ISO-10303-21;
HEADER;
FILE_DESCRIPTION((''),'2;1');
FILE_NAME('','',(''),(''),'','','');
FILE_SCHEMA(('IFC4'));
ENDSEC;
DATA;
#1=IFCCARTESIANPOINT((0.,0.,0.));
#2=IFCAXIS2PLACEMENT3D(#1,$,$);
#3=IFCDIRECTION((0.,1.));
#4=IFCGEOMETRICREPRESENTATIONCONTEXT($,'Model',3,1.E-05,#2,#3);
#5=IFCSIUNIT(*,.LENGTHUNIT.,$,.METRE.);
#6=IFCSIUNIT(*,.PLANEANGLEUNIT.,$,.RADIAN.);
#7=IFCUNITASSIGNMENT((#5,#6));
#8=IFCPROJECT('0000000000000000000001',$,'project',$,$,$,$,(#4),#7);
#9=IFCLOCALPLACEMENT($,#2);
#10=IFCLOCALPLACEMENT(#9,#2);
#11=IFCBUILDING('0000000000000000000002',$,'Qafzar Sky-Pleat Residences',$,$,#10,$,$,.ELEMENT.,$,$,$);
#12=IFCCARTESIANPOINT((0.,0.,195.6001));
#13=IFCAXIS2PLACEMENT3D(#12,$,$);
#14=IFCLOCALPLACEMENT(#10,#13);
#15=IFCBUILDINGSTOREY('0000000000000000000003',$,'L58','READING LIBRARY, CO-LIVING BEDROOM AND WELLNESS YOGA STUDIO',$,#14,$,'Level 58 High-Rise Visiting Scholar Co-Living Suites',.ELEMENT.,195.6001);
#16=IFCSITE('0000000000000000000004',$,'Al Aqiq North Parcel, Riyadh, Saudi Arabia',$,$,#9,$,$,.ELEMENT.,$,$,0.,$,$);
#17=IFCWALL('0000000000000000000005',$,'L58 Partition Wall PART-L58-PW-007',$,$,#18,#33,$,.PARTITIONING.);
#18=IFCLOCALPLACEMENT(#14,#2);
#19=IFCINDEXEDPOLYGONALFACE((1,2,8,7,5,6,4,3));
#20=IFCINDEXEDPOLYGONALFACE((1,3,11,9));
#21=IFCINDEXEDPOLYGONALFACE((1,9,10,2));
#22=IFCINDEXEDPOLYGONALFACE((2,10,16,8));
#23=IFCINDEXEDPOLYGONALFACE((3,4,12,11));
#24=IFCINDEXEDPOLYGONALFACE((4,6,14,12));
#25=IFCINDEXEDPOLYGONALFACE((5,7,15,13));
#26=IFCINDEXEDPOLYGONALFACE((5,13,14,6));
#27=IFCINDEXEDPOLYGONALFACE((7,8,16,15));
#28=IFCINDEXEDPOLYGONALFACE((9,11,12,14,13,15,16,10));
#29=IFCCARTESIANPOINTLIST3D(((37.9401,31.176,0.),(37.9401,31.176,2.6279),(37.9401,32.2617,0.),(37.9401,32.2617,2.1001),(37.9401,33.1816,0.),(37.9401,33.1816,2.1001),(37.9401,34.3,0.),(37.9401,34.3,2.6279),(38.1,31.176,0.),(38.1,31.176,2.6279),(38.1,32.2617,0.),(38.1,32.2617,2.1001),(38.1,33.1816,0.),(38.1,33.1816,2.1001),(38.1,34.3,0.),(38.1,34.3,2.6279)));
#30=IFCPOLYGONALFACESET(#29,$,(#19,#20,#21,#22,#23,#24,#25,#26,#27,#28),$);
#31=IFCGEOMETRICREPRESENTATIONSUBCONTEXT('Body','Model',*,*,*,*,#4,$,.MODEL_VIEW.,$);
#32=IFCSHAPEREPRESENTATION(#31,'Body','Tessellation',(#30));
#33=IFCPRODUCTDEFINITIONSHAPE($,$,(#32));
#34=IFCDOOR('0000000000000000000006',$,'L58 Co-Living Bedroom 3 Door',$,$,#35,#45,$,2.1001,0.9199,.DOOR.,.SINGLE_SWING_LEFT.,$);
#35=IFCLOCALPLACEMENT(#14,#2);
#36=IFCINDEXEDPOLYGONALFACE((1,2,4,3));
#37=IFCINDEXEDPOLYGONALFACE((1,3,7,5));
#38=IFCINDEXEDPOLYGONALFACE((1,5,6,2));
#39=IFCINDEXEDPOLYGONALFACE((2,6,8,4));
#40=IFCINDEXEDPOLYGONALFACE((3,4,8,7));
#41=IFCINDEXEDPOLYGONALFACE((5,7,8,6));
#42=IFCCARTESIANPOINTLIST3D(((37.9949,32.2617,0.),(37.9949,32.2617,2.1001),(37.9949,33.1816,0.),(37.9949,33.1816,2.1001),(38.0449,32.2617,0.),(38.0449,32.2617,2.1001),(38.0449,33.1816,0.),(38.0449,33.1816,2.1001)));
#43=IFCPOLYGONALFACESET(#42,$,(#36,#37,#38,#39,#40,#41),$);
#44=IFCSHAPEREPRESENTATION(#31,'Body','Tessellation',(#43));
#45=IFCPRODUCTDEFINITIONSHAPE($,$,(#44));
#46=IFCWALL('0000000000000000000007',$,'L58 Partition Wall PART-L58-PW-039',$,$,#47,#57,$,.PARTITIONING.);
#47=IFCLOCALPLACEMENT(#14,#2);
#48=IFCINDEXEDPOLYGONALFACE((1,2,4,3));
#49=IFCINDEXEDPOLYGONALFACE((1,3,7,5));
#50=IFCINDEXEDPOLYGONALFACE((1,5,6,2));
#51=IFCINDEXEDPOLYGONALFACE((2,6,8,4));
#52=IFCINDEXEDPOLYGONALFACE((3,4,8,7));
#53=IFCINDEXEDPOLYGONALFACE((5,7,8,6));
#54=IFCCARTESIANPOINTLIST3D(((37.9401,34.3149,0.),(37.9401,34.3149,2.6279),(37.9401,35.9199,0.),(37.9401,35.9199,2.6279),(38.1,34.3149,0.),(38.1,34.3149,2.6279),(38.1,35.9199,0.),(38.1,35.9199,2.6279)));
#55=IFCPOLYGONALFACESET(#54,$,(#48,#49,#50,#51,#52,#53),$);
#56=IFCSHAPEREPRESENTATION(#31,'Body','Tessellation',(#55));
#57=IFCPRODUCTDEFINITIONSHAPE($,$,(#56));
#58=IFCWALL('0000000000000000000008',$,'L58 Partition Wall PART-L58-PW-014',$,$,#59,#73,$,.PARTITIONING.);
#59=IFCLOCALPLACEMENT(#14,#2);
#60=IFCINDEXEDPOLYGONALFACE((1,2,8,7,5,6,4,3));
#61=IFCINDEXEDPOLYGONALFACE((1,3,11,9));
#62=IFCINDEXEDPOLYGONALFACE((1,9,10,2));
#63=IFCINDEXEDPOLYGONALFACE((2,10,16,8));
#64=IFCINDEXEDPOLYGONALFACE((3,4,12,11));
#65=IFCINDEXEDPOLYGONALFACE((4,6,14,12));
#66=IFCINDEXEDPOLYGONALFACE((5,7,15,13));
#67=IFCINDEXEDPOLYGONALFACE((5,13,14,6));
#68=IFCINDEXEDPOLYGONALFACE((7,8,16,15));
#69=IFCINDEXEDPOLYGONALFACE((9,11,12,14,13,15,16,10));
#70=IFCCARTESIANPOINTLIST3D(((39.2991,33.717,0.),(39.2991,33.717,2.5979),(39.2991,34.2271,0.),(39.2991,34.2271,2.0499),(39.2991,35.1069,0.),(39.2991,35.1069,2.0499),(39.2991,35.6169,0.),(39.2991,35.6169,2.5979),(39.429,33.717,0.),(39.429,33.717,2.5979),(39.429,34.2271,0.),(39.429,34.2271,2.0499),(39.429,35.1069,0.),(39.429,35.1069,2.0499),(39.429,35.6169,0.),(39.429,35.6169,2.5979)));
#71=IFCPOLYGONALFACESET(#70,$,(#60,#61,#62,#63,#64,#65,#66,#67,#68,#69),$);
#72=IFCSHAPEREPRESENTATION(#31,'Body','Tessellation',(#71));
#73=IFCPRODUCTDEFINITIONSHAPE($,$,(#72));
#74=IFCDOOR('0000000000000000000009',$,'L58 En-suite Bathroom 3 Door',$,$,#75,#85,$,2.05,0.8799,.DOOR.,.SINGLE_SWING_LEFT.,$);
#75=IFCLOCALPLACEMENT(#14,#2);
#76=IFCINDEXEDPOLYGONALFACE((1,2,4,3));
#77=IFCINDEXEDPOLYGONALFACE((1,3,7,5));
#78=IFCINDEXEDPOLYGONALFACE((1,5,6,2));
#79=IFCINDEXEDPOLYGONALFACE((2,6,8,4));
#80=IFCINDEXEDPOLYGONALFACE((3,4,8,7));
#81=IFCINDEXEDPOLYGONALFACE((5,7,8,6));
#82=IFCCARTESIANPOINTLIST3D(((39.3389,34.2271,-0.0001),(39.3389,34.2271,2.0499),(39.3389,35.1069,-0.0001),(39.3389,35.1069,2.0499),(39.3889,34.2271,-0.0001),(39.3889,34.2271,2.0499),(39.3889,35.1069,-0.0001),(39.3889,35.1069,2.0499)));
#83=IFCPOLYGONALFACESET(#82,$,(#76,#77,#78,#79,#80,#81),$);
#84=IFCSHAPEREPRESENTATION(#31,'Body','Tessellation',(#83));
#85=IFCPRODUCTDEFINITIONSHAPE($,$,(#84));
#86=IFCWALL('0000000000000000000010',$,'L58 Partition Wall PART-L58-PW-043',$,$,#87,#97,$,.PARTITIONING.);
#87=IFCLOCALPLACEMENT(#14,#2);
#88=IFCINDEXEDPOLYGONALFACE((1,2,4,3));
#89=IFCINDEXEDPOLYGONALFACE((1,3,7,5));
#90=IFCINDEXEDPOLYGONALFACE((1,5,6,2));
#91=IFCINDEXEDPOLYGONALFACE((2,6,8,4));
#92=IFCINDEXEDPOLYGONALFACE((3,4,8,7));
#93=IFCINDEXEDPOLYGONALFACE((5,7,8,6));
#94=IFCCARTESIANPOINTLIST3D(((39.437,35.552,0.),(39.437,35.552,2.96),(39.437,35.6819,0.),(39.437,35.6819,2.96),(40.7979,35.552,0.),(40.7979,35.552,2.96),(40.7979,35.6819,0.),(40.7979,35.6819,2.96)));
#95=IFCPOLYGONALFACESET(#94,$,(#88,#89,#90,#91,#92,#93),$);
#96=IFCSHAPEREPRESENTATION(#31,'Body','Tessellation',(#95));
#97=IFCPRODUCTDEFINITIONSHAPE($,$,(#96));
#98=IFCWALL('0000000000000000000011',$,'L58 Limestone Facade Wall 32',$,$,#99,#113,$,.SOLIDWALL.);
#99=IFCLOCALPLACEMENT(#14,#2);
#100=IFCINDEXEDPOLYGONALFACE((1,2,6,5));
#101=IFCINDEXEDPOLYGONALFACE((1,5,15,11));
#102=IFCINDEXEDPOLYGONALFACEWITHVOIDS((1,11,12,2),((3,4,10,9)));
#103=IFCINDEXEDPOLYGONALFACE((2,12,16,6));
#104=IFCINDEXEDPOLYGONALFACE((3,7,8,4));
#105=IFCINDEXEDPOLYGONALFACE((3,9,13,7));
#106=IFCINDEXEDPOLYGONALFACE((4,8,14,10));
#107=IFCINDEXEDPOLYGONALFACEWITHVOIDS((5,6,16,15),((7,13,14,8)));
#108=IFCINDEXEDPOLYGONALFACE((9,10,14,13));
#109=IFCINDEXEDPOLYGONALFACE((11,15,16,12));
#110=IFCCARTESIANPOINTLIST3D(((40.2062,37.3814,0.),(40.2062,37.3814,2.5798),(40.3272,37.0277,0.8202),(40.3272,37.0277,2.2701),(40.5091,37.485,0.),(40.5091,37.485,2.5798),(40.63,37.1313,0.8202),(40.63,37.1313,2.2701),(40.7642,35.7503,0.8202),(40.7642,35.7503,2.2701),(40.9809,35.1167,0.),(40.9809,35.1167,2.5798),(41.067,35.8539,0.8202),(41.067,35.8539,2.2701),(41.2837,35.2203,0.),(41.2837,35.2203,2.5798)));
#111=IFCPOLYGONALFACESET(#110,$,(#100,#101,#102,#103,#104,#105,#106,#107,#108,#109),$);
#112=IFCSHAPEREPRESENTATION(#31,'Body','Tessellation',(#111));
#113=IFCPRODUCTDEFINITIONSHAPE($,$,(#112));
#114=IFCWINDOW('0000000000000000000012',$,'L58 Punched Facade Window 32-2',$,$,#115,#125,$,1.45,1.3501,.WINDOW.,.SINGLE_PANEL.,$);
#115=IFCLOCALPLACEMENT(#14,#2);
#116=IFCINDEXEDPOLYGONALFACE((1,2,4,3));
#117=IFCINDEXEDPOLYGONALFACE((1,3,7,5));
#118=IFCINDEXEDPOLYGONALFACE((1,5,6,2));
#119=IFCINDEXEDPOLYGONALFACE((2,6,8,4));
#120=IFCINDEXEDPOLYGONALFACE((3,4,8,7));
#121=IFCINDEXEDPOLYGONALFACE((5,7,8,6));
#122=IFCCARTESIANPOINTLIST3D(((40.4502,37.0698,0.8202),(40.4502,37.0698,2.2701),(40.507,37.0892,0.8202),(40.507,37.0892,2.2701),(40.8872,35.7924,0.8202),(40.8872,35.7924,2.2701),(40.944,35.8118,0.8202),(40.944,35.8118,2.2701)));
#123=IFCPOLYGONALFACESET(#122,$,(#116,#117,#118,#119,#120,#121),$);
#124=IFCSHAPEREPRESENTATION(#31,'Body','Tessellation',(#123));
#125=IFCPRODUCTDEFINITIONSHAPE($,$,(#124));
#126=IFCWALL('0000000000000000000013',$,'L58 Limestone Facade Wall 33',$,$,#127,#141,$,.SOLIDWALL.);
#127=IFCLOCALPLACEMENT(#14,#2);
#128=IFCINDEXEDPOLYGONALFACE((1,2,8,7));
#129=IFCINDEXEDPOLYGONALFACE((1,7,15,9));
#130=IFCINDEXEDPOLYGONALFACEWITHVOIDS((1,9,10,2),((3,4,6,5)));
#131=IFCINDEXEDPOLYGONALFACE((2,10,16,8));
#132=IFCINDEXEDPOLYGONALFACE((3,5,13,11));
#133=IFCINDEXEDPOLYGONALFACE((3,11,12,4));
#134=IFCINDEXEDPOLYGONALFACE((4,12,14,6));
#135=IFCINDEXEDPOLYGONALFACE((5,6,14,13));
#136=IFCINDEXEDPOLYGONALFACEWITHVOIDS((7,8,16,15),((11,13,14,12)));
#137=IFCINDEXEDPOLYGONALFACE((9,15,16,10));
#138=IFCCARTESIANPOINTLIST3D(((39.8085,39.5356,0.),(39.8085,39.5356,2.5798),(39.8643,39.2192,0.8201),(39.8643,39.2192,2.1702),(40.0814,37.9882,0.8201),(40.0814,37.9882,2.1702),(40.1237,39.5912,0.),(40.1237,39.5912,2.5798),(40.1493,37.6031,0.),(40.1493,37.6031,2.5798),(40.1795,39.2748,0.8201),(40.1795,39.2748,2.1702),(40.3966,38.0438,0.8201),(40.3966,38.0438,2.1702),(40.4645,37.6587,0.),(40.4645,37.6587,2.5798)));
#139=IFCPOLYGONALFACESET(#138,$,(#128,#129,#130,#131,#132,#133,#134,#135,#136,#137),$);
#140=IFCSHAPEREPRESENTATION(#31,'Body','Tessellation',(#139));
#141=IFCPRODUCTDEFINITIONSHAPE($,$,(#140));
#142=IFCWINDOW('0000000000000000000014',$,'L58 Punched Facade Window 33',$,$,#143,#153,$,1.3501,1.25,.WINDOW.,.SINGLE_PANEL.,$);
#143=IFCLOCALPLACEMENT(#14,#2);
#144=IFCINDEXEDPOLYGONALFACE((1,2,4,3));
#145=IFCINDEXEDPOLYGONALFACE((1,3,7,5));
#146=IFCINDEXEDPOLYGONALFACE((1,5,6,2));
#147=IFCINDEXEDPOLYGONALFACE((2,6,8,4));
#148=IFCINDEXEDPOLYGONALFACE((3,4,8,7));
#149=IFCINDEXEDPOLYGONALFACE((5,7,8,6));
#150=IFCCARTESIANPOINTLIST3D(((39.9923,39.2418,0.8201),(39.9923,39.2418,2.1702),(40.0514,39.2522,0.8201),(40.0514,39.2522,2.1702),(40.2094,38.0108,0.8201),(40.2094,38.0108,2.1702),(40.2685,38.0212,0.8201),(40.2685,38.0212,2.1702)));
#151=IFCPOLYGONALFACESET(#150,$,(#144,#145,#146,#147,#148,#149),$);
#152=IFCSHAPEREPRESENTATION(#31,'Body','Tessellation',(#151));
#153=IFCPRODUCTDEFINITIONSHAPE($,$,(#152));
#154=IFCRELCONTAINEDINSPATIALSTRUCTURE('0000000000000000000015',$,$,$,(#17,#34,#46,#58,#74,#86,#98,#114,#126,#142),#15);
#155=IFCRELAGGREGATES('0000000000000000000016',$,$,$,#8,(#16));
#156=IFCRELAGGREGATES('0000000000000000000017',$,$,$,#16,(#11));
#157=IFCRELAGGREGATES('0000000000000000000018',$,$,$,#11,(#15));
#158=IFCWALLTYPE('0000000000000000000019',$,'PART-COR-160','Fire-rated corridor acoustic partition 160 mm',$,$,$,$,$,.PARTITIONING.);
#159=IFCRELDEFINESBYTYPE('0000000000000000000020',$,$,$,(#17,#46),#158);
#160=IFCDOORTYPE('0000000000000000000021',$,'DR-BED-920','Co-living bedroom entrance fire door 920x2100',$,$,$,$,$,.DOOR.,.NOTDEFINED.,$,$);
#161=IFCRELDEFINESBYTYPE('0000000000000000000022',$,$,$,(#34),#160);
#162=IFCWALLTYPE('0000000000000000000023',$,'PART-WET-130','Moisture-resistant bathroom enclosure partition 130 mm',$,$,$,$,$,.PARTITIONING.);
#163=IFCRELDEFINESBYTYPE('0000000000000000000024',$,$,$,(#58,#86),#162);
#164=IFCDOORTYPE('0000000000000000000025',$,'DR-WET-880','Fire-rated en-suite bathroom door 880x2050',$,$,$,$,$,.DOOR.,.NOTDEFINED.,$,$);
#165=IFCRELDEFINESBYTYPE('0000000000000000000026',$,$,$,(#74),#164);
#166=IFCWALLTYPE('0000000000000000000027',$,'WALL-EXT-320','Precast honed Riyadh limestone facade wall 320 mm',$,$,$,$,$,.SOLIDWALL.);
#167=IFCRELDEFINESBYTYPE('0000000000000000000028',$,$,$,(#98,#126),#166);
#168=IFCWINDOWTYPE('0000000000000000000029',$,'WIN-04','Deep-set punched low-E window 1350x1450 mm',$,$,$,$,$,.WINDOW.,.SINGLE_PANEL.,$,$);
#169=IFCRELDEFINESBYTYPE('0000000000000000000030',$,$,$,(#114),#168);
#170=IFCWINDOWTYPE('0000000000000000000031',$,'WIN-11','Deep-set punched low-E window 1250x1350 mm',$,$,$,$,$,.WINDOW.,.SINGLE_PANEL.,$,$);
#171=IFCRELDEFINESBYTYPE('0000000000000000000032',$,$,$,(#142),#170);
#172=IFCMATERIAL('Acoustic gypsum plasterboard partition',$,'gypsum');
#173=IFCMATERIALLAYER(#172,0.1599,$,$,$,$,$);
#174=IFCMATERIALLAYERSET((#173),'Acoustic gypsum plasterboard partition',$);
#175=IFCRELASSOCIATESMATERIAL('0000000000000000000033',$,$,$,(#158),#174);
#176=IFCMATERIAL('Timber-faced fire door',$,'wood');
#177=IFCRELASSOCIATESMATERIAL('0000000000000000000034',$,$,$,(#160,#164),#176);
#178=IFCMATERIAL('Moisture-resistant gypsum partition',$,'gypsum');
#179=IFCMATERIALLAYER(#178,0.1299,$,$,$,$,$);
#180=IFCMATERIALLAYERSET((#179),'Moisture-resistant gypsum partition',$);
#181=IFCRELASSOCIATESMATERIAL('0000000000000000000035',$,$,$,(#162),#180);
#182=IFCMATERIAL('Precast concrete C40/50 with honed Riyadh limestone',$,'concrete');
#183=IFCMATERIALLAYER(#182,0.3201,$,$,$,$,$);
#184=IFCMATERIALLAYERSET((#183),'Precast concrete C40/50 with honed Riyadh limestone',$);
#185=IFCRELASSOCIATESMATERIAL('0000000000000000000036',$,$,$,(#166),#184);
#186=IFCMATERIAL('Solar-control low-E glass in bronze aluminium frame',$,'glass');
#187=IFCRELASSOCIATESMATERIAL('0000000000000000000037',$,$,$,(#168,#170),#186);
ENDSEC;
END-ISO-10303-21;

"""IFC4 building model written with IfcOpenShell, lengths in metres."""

from ifc_helpers import new_model, si_unit, direction, frame, frame_2d, origin, place, context, subcontext, project, spatial, rectangle, extrude, source, transform, mapped, material, layer, layer_set, type_object, element, fill, save


model = new_model("IFC4")

# Units and contexts
model_context = context("Model", 3, precision=1e-05, world=origin(), true_north=direction((0.0, 1.0)))
body_context = subcontext(model_context, "Body", "Model", "MODEL_VIEW")
ifc_project = project(units=[si_unit("LENGTHUNIT", "METRE"), si_unit("PLANEANGLEUNIT", "RADIAN")], contexts=[model_context])

# Site, building, storey
site_placement = place(None, origin())
site = spatial("IfcSite", under=ifc_project, at=site_placement, Name="Al Aqiq North Parcel, Riyadh, Saudi Arabia", CompositionType="ELEMENT", RefElevation=0.0)
building_placement = place(site_placement, origin())
building = spatial("IfcBuilding", under=site, at=building_placement, Name="Qafzar Sky-Pleat Residences", CompositionType="ELEMENT")
storey_placement = place(building_placement, frame((0.0, 0.0, 195.6001)))
storey = spatial("IfcBuildingStorey", under=building, at=storey_placement, Name="L58", Description="READING LIBRARY, CO-LIVING BEDROOM AND WELLNESS YOGA STUDIO", LongName="Level 58 High-Rise Visiting Scholar Co-Living Suites", CompositionType="ELEMENT", Elevation=195.6001)

# Wall, opening, door
ifc_material_1 = material(Name="Acoustic gypsum plasterboard partition", Category="gypsum")
ifc_layer_1 = layer(ifc_material_1, 0.1599)
ifc_layer_set_1 = layer_set([ifc_layer_1], Name="Acoustic gypsum plasterboard partition")
wall_type_1 = type_object("IfcWallType", Name="PART-COR-160", Description="Fire-rated corridor acoustic partition 160 mm", PredefinedType="PARTITIONING", material=ifc_layer_set_1)
wall_1_placement = place(storey_placement, frame((38.02, 34.3, 0.0), z_axis=(0.0, 0.0, 1.0), x_axis=(0.0, -1.0, 0.0)))
wall_1 = element("IfcWall", 1, at=wall_1_placement, inside=storey, type_object=wall_type_1, Name="L58 Partition Wall PART-L58-PW-007", PredefinedType="PARTITIONING", context=body_context, shape_type="SweptSolid", body=[
    extrude(rectangle(XDim=3.124, YDim=0.1599, at=frame_2d((1.562, 0.0))), origin(), (0.0, 0.0, 1.0), 2.6279),
])
opening_1_placement = place(wall_1_placement, frame((1.1184, 0.0, 0.0)))
opening_1 = element("IfcOpeningElement", 2, at=opening_1_placement, cuts=wall_1, PredefinedType="OPENING", context=body_context, shape_type="SweptSolid", body=[
    extrude(rectangle(XDim=0.9199, YDim=2.1001, at=frame_2d((0.46, 1.05))), frame((0.0, 0.0898, 0.0), z_axis=(0.0, -1.0, 0.0), x_axis=(1.0, 0.0, 0.0)), (0.0, 0.0, 1.0), 0.1799),
])
ifc_material_2 = material(Name="Timber-faced fire door", Category="wood")
door_type_1 = type_object("IfcDoorType", Name="DR-BED-920", Description="Co-living bedroom entrance fire door 920x2100", OperationType="NOTDEFINED", PredefinedType="DOOR", material=ifc_material_2)
shared_shape_1 = source(origin(), body_context, "Body", "SweptSolid", [
    extrude(rectangle(XDim=0.9199, YDim=2.1001, at=frame_2d((0.46, 1.05))), frame((0.0, 0.0249, 0.0), z_axis=(0.0, -1.0, 0.0), x_axis=(1.0, 0.0, 0.0)), (0.0, 0.0, 1.0), 0.05),
])
door_1_placement = place(opening_1_placement, origin())
door_1 = element("IfcDoor", 3, at=door_1_placement, inside=storey, type_object=door_type_1, Name="L58 Co-Living Bedroom 3 Door", OperationType="SINGLE_SWING_LEFT", OverallHeight=2.1001, OverallWidth=0.9199, PredefinedType="DOOR", context=body_context, shape_type="MappedRepresentation", body=[
    mapped(shared_shape_1, transform((0.0, 0.0, 0.0), x_axis=(1.0, 0.0, 0.0), y_axis=(0.0, 1.0, 0.0), z_axis=(0.0, 0.0, 1.0), scale=1.0)),
])
fill(opening_1, door_1)

# Wall
wall_2_placement = place(storey_placement, frame((38.02, 34.3149, 0.0), z_axis=(0.0, 0.0, 1.0), x_axis=(0.0, 1.0, 0.0)))
element("IfcWall", 4, at=wall_2_placement, inside=storey, type_object=wall_type_1, Name="L58 Partition Wall PART-L58-PW-039", PredefinedType="PARTITIONING", context=body_context, shape_type="SweptSolid", body=[
    extrude(rectangle(XDim=1.605, YDim=0.1599, at=frame_2d((0.8025, 0.0))), origin(), (0.0, 0.0, 1.0), 2.6279),
])

# Wall, opening, door
ifc_material_3 = material(Name="Moisture-resistant gypsum partition", Category="gypsum")
ifc_layer_2 = layer(ifc_material_3, 0.1299)
ifc_layer_set_2 = layer_set([ifc_layer_2], Name="Moisture-resistant gypsum partition")
wall_type_2 = type_object("IfcWallType", Name="PART-WET-130", Description="Moisture-resistant bathroom enclosure partition 130 mm", PredefinedType="PARTITIONING", material=ifc_layer_set_2)
wall_3_placement = place(storey_placement, frame((39.364, 35.6169, 0.0), z_axis=(0.0, 0.0, 1.0), x_axis=(0.0, -1.0, 0.0)))
wall_3 = element("IfcWall", 5, at=wall_3_placement, inside=storey, type_object=wall_type_2, Name="L58 Partition Wall PART-L58-PW-014", PredefinedType="PARTITIONING", context=body_context, shape_type="SweptSolid", body=[
    extrude(rectangle(XDim=1.8999, YDim=0.1299, at=frame_2d((0.95, 0.0))), origin(), (0.0, 0.0, 1.0), 2.5979),
])
opening_2_placement = place(wall_3_placement, frame((0.51, 0.0, 0.0)))
opening_2 = element("IfcOpeningElement", 6, at=opening_2_placement, cuts=wall_3, PredefinedType="OPENING", context=body_context, shape_type="SweptSolid", body=[
    extrude(rectangle(XDim=0.8799, YDim=2.05, at=frame_2d((0.4399, 1.0249))), frame((0.0, 0.075, 0.0), z_axis=(0.0, -1.0, 0.0), x_axis=(1.0, 0.0, 0.0)), (0.0, 0.0, 1.0), 0.1499),
])
door_type_2 = type_object("IfcDoorType", Name="DR-WET-880", Description="Fire-rated en-suite bathroom door 880x2050", OperationType="NOTDEFINED", PredefinedType="DOOR", material=ifc_material_2)
shared_shape_2 = source(origin(), body_context, "Body", "SweptSolid", [
    extrude(rectangle(XDim=0.8799, YDim=2.05, at=frame_2d((0.4399, 1.0249))), frame((0.0, 0.0249, 0.0), z_axis=(0.0, -1.0, 0.0), x_axis=(1.0, 0.0, 0.0)), (0.0, 0.0, 1.0), 0.05),
])
door_2_placement = place(opening_2_placement, origin())
door_2 = element("IfcDoor", 7, at=door_2_placement, inside=storey, type_object=door_type_2, Name="L58 En-suite Bathroom 3 Door", OperationType="SINGLE_SWING_LEFT", OverallHeight=2.05, OverallWidth=0.8799, PredefinedType="DOOR", context=body_context, shape_type="MappedRepresentation", body=[
    mapped(shared_shape_2, transform((0.0, 0.0, 0.0), x_axis=(1.0, 0.0, 0.0), y_axis=(0.0, 1.0, 0.0), z_axis=(0.0, 0.0, 1.0), scale=1.0)),
])
fill(opening_2, door_2)

# Wall
wall_4_placement = place(storey_placement, frame((39.437, 35.6169, 0.0), z_axis=(0.0, 0.0, 1.0), x_axis=(1.0, 0.0, 0.0)))
element("IfcWall", 8, at=wall_4_placement, inside=storey, type_object=wall_type_2, Name="L58 Partition Wall PART-L58-PW-043", PredefinedType="PARTITIONING", context=body_context, shape_type="SweptSolid", body=[
    extrude(rectangle(XDim=1.3608, YDim=0.1299, at=frame_2d((0.6804, 0.0))), origin(), (0.0, 0.0, 1.0), 2.96),
])

# Walls, openings, windows
ifc_material_4 = material(Name="Precast concrete C40/50 with honed Riyadh limestone", Category="concrete")
ifc_layer_3 = layer(ifc_material_4, 0.3201)
ifc_layer_set_3 = layer_set([ifc_layer_3], Name="Precast concrete C40/50 with honed Riyadh limestone")
wall_type_3 = type_object("IfcWallType", Name="WALL-EXT-320", Description="Precast honed Riyadh limestone facade wall 320 mm", PredefinedType="SOLIDWALL", material=ifc_layer_set_3)
wall_5_placement = place(storey_placement, frame((41.1323, 35.1685, 0.0), z_axis=(0.0, 0.0, 1.0), x_axis=(-0.323654, 0.946175, 0.0)))
wall_5 = element("IfcWall", 9, at=wall_5_placement, inside=storey, type_object=wall_type_3, Name="L58 Limestone Facade Wall 32", PredefinedType="SOLIDWALL", context=body_context, shape_type="SweptSolid", body=[
    extrude(rectangle(XDim=2.3936, YDim=0.3201, at=frame_2d((1.1968, 0.0))), origin(), (0.0, 0.0, 1.0), 2.5798),
])
opening_3_placement = place(wall_5_placement, frame((0.6697, 0.0, 0.8201)))
opening_3 = element("IfcOpeningElement", 10, at=opening_3_placement, cuts=wall_5, PredefinedType="OPENING", context=body_context, shape_type="SweptSolid", body=[
    extrude(rectangle(XDim=1.3501, YDim=1.45, at=frame_2d((0.675, 0.7251))), frame((0.0, 0.1699, 0.0), z_axis=(0.0, -1.0, 0.0), x_axis=(1.0, 0.0, 0.0)), (0.0, 0.0, 1.0), 0.3401),
])
ifc_material_5 = material(Name="Solar-control low-E glass in bronze aluminium frame", Category="glass")
window_type_1 = type_object("IfcWindowType", Name="WIN-04", Description="Deep-set punched low-E window 1350x1450 mm", PartitioningType="SINGLE_PANEL", PredefinedType="WINDOW", material=ifc_material_5)
shared_shape_3 = source(origin(), body_context, "Body", "SweptSolid", [
    extrude(rectangle(XDim=1.3501, YDim=1.45, at=frame_2d((0.675, 0.7251))), frame((0.0, 0.03, 0.0), z_axis=(0.0, -1.0, 0.0), x_axis=(1.0, 0.0, 0.0)), (0.0, 0.0, 1.0), 0.0601),
])
window_1_placement = place(opening_3_placement, origin())
window_1 = element("IfcWindow", 11, at=window_1_placement, inside=storey, type_object=window_type_1, Name="L58 Punched Facade Window 32-2", OverallHeight=1.45, OverallWidth=1.3501, PartitioningType="SINGLE_PANEL", PredefinedType="WINDOW", context=body_context, shape_type="MappedRepresentation", body=[
    mapped(shared_shape_3, transform((0.0, 0.0, 0.0), x_axis=(1.0, 0.0, 0.0), y_axis=(0.0, 1.0, 0.0), z_axis=(0.0, 0.0, 1.0), scale=1.0)),
])
fill(opening_3, window_1)
wall_6_placement = place(storey_placement, frame((40.3069, 37.6309, 0.0), z_axis=(0.0, 0.0, 1.0), x_axis=(-0.173672, 0.984804, 0.0)))
wall_6 = element("IfcWall", 12, at=wall_6_placement, inside=storey, type_object=wall_type_3, Name="L58 Limestone Facade Wall 33", PredefinedType="SOLIDWALL", context=body_context, shape_type="SweptSolid", body=[
    extrude(rectangle(XDim=1.9624, YDim=0.3201, at=frame_2d((0.9812, 0.0))), origin(), (0.0, 0.0, 1.0), 2.5798),
])
opening_4_placement = place(wall_6_placement, frame((0.3911, 0.0, 0.8201)))
opening_4 = element("IfcOpeningElement", 13, at=opening_4_placement, cuts=wall_6, PredefinedType="OPENING", context=body_context, shape_type="SweptSolid", body=[
    extrude(rectangle(XDim=1.25, YDim=1.3501, at=frame_2d((0.625, 0.675))), frame((0.0, 0.1699, 0.0), z_axis=(0.0, -1.0, 0.0), x_axis=(1.0, 0.0, 0.0)), (0.0, 0.0, 1.0), 0.3401),
])
window_type_2 = type_object("IfcWindowType", Name="WIN-11", Description="Deep-set punched low-E window 1250x1350 mm", PartitioningType="SINGLE_PANEL", PredefinedType="WINDOW", material=ifc_material_5)
shared_shape_4 = source(origin(), body_context, "Body", "SweptSolid", [
    extrude(rectangle(XDim=1.25, YDim=1.3501, at=frame_2d((0.625, 0.675))), frame((0.0, 0.03, 0.0), z_axis=(0.0, -1.0, 0.0), x_axis=(1.0, 0.0, 0.0)), (0.0, 0.0, 1.0), 0.0601),
])
window_2_placement = place(opening_4_placement, origin())
window_2 = element("IfcWindow", 14, at=window_2_placement, inside=storey, type_object=window_type_2, Name="L58 Punched Facade Window 33", OverallHeight=1.3501, OverallWidth=1.25, PartitioningType="SINGLE_PANEL", PredefinedType="WINDOW", context=body_context, shape_type="MappedRepresentation", body=[
    mapped(shared_shape_4, transform((0.0, 0.0, 0.0), x_axis=(1.0, 0.0, 0.0), y_axis=(0.0, 1.0, 0.0), z_axis=(0.0, 0.0, 1.0), scale=1.0)),
])
fill(opening_4, window_2)

save(model, "model.ifc")
